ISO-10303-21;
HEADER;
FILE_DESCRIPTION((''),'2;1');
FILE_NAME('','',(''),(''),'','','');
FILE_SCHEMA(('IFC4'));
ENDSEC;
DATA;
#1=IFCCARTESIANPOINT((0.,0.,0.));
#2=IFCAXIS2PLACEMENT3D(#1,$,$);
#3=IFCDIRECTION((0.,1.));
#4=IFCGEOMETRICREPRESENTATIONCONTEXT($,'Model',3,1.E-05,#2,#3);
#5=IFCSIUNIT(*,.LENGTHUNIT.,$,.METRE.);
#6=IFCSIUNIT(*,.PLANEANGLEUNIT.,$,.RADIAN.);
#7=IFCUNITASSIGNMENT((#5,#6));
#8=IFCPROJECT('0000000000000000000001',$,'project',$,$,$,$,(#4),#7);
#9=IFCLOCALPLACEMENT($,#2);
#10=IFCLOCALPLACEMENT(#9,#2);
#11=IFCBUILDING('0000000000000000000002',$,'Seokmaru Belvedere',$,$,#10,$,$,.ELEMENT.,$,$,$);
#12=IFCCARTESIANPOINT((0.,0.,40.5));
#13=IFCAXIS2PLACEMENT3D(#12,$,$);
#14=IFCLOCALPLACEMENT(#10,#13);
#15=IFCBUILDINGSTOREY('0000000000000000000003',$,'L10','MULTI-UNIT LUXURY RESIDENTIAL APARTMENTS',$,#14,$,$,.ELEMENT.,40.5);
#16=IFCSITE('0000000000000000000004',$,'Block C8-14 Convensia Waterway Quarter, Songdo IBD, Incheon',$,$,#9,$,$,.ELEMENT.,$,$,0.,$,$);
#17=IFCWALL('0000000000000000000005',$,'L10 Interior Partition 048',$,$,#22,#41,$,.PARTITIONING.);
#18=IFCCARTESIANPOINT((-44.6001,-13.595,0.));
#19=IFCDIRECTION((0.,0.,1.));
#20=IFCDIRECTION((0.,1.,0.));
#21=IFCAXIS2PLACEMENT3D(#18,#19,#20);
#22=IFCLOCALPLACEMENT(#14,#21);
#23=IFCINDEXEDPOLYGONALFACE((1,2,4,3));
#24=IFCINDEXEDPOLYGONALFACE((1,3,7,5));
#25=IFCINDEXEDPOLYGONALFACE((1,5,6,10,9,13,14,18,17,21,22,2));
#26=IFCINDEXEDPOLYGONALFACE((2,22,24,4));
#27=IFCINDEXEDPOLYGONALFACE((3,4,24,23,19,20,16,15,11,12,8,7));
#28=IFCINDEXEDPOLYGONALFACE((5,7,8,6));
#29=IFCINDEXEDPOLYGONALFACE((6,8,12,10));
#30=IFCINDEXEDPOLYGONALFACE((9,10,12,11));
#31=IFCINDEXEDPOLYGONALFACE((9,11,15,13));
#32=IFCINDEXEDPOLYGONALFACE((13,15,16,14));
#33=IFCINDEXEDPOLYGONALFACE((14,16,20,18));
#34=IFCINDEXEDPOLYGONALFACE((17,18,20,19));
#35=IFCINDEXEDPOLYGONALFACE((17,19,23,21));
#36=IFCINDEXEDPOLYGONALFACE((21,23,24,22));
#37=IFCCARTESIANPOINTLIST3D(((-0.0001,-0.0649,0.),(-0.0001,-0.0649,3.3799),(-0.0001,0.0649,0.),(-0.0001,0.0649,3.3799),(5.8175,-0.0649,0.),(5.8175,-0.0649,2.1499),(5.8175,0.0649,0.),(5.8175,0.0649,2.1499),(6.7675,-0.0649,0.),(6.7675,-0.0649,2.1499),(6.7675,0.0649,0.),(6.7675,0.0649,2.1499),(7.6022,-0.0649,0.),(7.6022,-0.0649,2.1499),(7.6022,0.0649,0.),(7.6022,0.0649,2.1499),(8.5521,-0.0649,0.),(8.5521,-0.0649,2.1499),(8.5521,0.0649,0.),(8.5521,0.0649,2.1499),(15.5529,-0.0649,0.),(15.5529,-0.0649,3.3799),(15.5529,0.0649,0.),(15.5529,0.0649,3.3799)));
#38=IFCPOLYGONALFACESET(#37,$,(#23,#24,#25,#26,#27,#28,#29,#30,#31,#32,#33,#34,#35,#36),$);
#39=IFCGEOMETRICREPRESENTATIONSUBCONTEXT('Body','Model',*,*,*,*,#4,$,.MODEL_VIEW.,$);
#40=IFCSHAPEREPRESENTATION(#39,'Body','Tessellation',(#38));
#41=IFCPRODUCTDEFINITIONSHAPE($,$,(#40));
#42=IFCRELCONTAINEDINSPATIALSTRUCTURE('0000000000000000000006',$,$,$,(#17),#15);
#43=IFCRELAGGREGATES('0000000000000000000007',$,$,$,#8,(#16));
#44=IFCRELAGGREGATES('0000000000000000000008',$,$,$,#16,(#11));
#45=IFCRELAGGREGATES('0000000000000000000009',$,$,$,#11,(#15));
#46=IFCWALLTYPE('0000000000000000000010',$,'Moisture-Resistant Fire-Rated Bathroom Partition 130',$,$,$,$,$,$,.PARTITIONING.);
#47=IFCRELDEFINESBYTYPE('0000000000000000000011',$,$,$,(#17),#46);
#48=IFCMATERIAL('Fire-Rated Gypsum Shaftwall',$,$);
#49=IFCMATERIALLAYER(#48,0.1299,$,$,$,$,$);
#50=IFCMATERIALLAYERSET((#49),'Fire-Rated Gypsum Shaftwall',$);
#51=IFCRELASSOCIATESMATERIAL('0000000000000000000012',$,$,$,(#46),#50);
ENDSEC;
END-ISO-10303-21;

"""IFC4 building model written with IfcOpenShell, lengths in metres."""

from ifc_helpers import new_model, si_unit, direction, frame, frame_2d, origin, place, context, subcontext, project, spatial, rectangle, extrude, material, layer, layer_set, type_object, element, save


model = new_model("IFC4")

# Units and contexts
model_context = context("Model", 3, precision=1e-05, world=origin(), true_north=direction((0.0, 1.0)))
body_context = subcontext(model_context, "Body", "Model", "MODEL_VIEW")
ifc_project = project(units=[si_unit("LENGTHUNIT", "METRE"), si_unit("PLANEANGLEUNIT", "RADIAN")], contexts=[model_context])

# Site, building, storey
site_placement = place(None, origin())
site = spatial("IfcSite", under=ifc_project, at=site_placement, Name="Block C8-14 Convensia Waterway Quarter, Songdo IBD, Incheon", CompositionType="ELEMENT", RefElevation=0.0)
building_placement = place(site_placement, origin())
building = spatial("IfcBuilding", under=site, at=building_placement, Name="Seokmaru Belvedere", CompositionType="ELEMENT")
storey_placement = place(building_placement, frame((0.0, 0.0, 40.5)))
storey = spatial("IfcBuildingStorey", under=building, at=storey_placement, Name="L10", Description="MULTI-UNIT LUXURY RESIDENTIAL APARTMENTS", CompositionType="ELEMENT", Elevation=40.5)

# Shared definitions
ifc_material_1 = material(Name="Fire-Rated Gypsum Shaftwall")

# Shared definitions
ifc_layer_1 = layer(ifc_material_1, 0.1299)
ifc_layer_set_1 = layer_set([ifc_layer_1], Name="Fire-Rated Gypsum Shaftwall")
wall_type_1 = type_object("IfcWallType", Name="Moisture-Resistant Fire-Rated Bathroom Partition 130", PredefinedType="PARTITIONING", material=ifc_layer_set_1)

# Wall, openings
wall_1_placement = place(storey_placement, frame((-44.6001, -13.595, 0.0), z_axis=(0.0, 0.0, 1.0), x_axis=(0.0, 1.0, 0.0)))
wall_1 = element("IfcWall", 1, at=wall_1_placement, inside=storey, type_object=wall_type_1, Name="L10 Interior Partition 048", PredefinedType="PARTITIONING", context=body_context, shape_type="SweptSolid", body=[
    extrude(rectangle(XDim=15.553, YDim=0.1299, at=frame_2d((7.7764, 0.0))), origin(), (0.0, 0.0, 1.0), 3.3799),
])
opening_1_placement = place(wall_1_placement, frame((5.8174, 0.0, 0.0)))
element("IfcOpeningElement", 2, at=opening_1_placement, cuts=wall_1, PredefinedType="OPENING", context=body_context, shape_type="SweptSolid", body=[
    extrude(rectangle(XDim=0.95, YDim=2.1499, at=frame_2d((0.4751, 1.075))), frame((0.0, 0.075, 0.0), z_axis=(0.0, -1.0, 0.0), x_axis=(1.0, 0.0, 0.0)), (0.0, 0.0, 1.0), 0.1499),
])
opening_2_placement = place(wall_1_placement, frame((7.6021, 0.0, 0.0)))
element("IfcOpeningElement", 3, at=opening_2_placement, cuts=wall_1, PredefinedType="OPENING", context=body_context, shape_type="SweptSolid", body=[
    extrude(rectangle(XDim=0.95, YDim=2.1499, at=frame_2d((0.4751, 1.075))), frame((0.0, 0.075, 0.0), z_axis=(0.0, -1.0, 0.0), x_axis=(1.0, 0.0, 0.0)), (0.0, 0.0, 1.0), 0.1499),
])

save(model, "model.ifc")
